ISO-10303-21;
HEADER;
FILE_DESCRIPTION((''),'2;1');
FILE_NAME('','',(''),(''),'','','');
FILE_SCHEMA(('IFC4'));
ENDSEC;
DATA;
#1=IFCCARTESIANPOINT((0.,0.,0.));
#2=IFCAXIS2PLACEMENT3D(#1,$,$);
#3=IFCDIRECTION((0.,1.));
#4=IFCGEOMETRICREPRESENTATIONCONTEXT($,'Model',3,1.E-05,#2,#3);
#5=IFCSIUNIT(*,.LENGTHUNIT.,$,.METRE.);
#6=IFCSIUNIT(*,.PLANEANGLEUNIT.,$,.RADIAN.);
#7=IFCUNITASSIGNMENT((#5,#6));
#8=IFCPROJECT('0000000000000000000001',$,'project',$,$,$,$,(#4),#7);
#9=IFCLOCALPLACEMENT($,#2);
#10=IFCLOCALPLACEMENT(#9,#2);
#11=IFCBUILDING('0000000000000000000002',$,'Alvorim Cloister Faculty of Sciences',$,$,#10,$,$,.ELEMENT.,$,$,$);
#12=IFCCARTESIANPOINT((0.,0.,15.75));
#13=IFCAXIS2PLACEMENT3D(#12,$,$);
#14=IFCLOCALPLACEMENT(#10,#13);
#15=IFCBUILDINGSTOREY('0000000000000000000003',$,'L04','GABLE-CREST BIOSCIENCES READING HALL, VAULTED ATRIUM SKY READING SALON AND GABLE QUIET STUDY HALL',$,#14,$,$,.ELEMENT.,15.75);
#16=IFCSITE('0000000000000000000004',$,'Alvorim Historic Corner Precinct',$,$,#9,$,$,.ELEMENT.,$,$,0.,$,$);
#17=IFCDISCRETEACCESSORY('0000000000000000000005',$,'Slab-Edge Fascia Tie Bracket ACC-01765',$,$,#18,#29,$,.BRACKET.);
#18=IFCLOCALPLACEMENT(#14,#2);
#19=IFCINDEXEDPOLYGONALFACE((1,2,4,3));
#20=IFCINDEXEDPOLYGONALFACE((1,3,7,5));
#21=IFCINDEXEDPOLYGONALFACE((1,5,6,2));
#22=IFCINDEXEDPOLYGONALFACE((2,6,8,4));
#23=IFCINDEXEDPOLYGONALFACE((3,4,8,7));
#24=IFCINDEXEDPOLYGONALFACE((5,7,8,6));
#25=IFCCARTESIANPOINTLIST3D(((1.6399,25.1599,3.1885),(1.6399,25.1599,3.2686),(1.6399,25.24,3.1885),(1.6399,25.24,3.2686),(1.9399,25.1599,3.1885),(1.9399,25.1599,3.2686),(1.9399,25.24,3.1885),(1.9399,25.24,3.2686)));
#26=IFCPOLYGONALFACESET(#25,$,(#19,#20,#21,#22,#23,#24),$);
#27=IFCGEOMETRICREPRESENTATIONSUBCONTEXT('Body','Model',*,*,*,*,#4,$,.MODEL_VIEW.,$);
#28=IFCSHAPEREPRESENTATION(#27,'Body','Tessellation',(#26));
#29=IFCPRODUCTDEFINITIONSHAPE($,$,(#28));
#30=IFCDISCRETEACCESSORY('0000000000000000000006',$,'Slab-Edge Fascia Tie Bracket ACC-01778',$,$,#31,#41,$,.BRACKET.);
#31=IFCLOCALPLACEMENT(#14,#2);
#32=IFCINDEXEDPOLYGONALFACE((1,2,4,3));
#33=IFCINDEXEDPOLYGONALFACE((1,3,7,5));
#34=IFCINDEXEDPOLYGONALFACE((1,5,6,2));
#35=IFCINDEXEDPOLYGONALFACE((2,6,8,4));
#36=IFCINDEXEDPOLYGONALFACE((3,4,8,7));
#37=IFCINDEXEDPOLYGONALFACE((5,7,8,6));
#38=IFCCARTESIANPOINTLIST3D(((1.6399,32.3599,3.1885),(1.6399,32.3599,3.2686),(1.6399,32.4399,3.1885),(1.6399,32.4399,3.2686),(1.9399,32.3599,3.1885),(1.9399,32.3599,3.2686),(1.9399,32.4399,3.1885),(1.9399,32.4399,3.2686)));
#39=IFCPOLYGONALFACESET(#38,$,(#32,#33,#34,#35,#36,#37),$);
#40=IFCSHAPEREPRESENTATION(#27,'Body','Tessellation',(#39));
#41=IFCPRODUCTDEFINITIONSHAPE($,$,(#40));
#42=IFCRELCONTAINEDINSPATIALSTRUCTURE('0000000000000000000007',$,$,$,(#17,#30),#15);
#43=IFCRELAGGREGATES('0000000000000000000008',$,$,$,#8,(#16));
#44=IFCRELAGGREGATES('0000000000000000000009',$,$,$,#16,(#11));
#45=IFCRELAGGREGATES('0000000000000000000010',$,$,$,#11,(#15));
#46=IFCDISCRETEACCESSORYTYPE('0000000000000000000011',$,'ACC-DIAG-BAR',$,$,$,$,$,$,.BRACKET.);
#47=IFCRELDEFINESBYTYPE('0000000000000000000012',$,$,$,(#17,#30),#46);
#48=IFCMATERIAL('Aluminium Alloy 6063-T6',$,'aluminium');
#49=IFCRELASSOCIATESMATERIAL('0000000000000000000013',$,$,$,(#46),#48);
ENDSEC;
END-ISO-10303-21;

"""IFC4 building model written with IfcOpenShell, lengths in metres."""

from ifc_helpers import new_model, si_unit, direction, frame, origin, origin_2d, place, context, subcontext, project, spatial, rectangle, extrude, material, type_object, element, save


model = new_model("IFC4")

# Units and contexts
model_context = context("Model", 3, precision=1e-05, world=origin(), true_north=direction((0.0, 1.0)))
body_context = subcontext(model_context, "Body", "Model", "MODEL_VIEW")
ifc_project = project(units=[si_unit("LENGTHUNIT", "METRE"), si_unit("PLANEANGLEUNIT", "RADIAN")], contexts=[model_context])

# Site, building, storey
site_placement = place(None, origin())
site = spatial("IfcSite", under=ifc_project, at=site_placement, Name="Alvorim Historic Corner Precinct", CompositionType="ELEMENT", RefElevation=0.0)
building_placement = place(site_placement, origin())
building = spatial("IfcBuilding", under=site, at=building_placement, Name="Alvorim Cloister Faculty of Sciences", CompositionType="ELEMENT")
storey_placement = place(building_placement, frame((0.0, 0.0, 15.75)))
storey = spatial("IfcBuildingStorey", under=building, at=storey_placement, Name="L04", Description="GABLE-CREST BIOSCIENCES READING HALL, VAULTED ATRIUM SKY READING SALON AND GABLE QUIET STUDY HALL", CompositionType="ELEMENT", Elevation=15.75)

# Shared definitions
ifc_material_1 = material(Name="Aluminium Alloy 6063-T6", Category="aluminium")

# Discrete accessories
discrete_accessory_type = type_object("IfcDiscreteAccessoryType", Name="ACC-DIAG-BAR", PredefinedType="BRACKET", material=ifc_material_1)
for number, where, z_axis, x_axis, name in (
    (1, (1.9399, 25.2, 3.2285), (-1.0, 0.0, 0.0), (0.0, -1.0, 0.0), "Slab-Edge Fascia Tie Bracket ACC-01765"),
    (2, (1.9399, 32.3999, 3.2285), (-1.0, 0.0, 0.0), (0.0, -1.0, 0.0), "Slab-Edge Fascia Tie Bracket ACC-01778"),
):
    element("IfcDiscreteAccessory", number, at=place(storey_placement, frame(where, z_axis=z_axis, x_axis=x_axis)), inside=storey, type_object=discrete_accessory_type, Name=name, PredefinedType="BRACKET", context=body_context, shape_type="SweptSolid", body=[
        extrude(rectangle(XDim=0.0801, YDim=0.0801, at=origin_2d()), origin(), (0.0, 0.0, 1.0), 0.3),
    ])

save(model, "model.ifc")
